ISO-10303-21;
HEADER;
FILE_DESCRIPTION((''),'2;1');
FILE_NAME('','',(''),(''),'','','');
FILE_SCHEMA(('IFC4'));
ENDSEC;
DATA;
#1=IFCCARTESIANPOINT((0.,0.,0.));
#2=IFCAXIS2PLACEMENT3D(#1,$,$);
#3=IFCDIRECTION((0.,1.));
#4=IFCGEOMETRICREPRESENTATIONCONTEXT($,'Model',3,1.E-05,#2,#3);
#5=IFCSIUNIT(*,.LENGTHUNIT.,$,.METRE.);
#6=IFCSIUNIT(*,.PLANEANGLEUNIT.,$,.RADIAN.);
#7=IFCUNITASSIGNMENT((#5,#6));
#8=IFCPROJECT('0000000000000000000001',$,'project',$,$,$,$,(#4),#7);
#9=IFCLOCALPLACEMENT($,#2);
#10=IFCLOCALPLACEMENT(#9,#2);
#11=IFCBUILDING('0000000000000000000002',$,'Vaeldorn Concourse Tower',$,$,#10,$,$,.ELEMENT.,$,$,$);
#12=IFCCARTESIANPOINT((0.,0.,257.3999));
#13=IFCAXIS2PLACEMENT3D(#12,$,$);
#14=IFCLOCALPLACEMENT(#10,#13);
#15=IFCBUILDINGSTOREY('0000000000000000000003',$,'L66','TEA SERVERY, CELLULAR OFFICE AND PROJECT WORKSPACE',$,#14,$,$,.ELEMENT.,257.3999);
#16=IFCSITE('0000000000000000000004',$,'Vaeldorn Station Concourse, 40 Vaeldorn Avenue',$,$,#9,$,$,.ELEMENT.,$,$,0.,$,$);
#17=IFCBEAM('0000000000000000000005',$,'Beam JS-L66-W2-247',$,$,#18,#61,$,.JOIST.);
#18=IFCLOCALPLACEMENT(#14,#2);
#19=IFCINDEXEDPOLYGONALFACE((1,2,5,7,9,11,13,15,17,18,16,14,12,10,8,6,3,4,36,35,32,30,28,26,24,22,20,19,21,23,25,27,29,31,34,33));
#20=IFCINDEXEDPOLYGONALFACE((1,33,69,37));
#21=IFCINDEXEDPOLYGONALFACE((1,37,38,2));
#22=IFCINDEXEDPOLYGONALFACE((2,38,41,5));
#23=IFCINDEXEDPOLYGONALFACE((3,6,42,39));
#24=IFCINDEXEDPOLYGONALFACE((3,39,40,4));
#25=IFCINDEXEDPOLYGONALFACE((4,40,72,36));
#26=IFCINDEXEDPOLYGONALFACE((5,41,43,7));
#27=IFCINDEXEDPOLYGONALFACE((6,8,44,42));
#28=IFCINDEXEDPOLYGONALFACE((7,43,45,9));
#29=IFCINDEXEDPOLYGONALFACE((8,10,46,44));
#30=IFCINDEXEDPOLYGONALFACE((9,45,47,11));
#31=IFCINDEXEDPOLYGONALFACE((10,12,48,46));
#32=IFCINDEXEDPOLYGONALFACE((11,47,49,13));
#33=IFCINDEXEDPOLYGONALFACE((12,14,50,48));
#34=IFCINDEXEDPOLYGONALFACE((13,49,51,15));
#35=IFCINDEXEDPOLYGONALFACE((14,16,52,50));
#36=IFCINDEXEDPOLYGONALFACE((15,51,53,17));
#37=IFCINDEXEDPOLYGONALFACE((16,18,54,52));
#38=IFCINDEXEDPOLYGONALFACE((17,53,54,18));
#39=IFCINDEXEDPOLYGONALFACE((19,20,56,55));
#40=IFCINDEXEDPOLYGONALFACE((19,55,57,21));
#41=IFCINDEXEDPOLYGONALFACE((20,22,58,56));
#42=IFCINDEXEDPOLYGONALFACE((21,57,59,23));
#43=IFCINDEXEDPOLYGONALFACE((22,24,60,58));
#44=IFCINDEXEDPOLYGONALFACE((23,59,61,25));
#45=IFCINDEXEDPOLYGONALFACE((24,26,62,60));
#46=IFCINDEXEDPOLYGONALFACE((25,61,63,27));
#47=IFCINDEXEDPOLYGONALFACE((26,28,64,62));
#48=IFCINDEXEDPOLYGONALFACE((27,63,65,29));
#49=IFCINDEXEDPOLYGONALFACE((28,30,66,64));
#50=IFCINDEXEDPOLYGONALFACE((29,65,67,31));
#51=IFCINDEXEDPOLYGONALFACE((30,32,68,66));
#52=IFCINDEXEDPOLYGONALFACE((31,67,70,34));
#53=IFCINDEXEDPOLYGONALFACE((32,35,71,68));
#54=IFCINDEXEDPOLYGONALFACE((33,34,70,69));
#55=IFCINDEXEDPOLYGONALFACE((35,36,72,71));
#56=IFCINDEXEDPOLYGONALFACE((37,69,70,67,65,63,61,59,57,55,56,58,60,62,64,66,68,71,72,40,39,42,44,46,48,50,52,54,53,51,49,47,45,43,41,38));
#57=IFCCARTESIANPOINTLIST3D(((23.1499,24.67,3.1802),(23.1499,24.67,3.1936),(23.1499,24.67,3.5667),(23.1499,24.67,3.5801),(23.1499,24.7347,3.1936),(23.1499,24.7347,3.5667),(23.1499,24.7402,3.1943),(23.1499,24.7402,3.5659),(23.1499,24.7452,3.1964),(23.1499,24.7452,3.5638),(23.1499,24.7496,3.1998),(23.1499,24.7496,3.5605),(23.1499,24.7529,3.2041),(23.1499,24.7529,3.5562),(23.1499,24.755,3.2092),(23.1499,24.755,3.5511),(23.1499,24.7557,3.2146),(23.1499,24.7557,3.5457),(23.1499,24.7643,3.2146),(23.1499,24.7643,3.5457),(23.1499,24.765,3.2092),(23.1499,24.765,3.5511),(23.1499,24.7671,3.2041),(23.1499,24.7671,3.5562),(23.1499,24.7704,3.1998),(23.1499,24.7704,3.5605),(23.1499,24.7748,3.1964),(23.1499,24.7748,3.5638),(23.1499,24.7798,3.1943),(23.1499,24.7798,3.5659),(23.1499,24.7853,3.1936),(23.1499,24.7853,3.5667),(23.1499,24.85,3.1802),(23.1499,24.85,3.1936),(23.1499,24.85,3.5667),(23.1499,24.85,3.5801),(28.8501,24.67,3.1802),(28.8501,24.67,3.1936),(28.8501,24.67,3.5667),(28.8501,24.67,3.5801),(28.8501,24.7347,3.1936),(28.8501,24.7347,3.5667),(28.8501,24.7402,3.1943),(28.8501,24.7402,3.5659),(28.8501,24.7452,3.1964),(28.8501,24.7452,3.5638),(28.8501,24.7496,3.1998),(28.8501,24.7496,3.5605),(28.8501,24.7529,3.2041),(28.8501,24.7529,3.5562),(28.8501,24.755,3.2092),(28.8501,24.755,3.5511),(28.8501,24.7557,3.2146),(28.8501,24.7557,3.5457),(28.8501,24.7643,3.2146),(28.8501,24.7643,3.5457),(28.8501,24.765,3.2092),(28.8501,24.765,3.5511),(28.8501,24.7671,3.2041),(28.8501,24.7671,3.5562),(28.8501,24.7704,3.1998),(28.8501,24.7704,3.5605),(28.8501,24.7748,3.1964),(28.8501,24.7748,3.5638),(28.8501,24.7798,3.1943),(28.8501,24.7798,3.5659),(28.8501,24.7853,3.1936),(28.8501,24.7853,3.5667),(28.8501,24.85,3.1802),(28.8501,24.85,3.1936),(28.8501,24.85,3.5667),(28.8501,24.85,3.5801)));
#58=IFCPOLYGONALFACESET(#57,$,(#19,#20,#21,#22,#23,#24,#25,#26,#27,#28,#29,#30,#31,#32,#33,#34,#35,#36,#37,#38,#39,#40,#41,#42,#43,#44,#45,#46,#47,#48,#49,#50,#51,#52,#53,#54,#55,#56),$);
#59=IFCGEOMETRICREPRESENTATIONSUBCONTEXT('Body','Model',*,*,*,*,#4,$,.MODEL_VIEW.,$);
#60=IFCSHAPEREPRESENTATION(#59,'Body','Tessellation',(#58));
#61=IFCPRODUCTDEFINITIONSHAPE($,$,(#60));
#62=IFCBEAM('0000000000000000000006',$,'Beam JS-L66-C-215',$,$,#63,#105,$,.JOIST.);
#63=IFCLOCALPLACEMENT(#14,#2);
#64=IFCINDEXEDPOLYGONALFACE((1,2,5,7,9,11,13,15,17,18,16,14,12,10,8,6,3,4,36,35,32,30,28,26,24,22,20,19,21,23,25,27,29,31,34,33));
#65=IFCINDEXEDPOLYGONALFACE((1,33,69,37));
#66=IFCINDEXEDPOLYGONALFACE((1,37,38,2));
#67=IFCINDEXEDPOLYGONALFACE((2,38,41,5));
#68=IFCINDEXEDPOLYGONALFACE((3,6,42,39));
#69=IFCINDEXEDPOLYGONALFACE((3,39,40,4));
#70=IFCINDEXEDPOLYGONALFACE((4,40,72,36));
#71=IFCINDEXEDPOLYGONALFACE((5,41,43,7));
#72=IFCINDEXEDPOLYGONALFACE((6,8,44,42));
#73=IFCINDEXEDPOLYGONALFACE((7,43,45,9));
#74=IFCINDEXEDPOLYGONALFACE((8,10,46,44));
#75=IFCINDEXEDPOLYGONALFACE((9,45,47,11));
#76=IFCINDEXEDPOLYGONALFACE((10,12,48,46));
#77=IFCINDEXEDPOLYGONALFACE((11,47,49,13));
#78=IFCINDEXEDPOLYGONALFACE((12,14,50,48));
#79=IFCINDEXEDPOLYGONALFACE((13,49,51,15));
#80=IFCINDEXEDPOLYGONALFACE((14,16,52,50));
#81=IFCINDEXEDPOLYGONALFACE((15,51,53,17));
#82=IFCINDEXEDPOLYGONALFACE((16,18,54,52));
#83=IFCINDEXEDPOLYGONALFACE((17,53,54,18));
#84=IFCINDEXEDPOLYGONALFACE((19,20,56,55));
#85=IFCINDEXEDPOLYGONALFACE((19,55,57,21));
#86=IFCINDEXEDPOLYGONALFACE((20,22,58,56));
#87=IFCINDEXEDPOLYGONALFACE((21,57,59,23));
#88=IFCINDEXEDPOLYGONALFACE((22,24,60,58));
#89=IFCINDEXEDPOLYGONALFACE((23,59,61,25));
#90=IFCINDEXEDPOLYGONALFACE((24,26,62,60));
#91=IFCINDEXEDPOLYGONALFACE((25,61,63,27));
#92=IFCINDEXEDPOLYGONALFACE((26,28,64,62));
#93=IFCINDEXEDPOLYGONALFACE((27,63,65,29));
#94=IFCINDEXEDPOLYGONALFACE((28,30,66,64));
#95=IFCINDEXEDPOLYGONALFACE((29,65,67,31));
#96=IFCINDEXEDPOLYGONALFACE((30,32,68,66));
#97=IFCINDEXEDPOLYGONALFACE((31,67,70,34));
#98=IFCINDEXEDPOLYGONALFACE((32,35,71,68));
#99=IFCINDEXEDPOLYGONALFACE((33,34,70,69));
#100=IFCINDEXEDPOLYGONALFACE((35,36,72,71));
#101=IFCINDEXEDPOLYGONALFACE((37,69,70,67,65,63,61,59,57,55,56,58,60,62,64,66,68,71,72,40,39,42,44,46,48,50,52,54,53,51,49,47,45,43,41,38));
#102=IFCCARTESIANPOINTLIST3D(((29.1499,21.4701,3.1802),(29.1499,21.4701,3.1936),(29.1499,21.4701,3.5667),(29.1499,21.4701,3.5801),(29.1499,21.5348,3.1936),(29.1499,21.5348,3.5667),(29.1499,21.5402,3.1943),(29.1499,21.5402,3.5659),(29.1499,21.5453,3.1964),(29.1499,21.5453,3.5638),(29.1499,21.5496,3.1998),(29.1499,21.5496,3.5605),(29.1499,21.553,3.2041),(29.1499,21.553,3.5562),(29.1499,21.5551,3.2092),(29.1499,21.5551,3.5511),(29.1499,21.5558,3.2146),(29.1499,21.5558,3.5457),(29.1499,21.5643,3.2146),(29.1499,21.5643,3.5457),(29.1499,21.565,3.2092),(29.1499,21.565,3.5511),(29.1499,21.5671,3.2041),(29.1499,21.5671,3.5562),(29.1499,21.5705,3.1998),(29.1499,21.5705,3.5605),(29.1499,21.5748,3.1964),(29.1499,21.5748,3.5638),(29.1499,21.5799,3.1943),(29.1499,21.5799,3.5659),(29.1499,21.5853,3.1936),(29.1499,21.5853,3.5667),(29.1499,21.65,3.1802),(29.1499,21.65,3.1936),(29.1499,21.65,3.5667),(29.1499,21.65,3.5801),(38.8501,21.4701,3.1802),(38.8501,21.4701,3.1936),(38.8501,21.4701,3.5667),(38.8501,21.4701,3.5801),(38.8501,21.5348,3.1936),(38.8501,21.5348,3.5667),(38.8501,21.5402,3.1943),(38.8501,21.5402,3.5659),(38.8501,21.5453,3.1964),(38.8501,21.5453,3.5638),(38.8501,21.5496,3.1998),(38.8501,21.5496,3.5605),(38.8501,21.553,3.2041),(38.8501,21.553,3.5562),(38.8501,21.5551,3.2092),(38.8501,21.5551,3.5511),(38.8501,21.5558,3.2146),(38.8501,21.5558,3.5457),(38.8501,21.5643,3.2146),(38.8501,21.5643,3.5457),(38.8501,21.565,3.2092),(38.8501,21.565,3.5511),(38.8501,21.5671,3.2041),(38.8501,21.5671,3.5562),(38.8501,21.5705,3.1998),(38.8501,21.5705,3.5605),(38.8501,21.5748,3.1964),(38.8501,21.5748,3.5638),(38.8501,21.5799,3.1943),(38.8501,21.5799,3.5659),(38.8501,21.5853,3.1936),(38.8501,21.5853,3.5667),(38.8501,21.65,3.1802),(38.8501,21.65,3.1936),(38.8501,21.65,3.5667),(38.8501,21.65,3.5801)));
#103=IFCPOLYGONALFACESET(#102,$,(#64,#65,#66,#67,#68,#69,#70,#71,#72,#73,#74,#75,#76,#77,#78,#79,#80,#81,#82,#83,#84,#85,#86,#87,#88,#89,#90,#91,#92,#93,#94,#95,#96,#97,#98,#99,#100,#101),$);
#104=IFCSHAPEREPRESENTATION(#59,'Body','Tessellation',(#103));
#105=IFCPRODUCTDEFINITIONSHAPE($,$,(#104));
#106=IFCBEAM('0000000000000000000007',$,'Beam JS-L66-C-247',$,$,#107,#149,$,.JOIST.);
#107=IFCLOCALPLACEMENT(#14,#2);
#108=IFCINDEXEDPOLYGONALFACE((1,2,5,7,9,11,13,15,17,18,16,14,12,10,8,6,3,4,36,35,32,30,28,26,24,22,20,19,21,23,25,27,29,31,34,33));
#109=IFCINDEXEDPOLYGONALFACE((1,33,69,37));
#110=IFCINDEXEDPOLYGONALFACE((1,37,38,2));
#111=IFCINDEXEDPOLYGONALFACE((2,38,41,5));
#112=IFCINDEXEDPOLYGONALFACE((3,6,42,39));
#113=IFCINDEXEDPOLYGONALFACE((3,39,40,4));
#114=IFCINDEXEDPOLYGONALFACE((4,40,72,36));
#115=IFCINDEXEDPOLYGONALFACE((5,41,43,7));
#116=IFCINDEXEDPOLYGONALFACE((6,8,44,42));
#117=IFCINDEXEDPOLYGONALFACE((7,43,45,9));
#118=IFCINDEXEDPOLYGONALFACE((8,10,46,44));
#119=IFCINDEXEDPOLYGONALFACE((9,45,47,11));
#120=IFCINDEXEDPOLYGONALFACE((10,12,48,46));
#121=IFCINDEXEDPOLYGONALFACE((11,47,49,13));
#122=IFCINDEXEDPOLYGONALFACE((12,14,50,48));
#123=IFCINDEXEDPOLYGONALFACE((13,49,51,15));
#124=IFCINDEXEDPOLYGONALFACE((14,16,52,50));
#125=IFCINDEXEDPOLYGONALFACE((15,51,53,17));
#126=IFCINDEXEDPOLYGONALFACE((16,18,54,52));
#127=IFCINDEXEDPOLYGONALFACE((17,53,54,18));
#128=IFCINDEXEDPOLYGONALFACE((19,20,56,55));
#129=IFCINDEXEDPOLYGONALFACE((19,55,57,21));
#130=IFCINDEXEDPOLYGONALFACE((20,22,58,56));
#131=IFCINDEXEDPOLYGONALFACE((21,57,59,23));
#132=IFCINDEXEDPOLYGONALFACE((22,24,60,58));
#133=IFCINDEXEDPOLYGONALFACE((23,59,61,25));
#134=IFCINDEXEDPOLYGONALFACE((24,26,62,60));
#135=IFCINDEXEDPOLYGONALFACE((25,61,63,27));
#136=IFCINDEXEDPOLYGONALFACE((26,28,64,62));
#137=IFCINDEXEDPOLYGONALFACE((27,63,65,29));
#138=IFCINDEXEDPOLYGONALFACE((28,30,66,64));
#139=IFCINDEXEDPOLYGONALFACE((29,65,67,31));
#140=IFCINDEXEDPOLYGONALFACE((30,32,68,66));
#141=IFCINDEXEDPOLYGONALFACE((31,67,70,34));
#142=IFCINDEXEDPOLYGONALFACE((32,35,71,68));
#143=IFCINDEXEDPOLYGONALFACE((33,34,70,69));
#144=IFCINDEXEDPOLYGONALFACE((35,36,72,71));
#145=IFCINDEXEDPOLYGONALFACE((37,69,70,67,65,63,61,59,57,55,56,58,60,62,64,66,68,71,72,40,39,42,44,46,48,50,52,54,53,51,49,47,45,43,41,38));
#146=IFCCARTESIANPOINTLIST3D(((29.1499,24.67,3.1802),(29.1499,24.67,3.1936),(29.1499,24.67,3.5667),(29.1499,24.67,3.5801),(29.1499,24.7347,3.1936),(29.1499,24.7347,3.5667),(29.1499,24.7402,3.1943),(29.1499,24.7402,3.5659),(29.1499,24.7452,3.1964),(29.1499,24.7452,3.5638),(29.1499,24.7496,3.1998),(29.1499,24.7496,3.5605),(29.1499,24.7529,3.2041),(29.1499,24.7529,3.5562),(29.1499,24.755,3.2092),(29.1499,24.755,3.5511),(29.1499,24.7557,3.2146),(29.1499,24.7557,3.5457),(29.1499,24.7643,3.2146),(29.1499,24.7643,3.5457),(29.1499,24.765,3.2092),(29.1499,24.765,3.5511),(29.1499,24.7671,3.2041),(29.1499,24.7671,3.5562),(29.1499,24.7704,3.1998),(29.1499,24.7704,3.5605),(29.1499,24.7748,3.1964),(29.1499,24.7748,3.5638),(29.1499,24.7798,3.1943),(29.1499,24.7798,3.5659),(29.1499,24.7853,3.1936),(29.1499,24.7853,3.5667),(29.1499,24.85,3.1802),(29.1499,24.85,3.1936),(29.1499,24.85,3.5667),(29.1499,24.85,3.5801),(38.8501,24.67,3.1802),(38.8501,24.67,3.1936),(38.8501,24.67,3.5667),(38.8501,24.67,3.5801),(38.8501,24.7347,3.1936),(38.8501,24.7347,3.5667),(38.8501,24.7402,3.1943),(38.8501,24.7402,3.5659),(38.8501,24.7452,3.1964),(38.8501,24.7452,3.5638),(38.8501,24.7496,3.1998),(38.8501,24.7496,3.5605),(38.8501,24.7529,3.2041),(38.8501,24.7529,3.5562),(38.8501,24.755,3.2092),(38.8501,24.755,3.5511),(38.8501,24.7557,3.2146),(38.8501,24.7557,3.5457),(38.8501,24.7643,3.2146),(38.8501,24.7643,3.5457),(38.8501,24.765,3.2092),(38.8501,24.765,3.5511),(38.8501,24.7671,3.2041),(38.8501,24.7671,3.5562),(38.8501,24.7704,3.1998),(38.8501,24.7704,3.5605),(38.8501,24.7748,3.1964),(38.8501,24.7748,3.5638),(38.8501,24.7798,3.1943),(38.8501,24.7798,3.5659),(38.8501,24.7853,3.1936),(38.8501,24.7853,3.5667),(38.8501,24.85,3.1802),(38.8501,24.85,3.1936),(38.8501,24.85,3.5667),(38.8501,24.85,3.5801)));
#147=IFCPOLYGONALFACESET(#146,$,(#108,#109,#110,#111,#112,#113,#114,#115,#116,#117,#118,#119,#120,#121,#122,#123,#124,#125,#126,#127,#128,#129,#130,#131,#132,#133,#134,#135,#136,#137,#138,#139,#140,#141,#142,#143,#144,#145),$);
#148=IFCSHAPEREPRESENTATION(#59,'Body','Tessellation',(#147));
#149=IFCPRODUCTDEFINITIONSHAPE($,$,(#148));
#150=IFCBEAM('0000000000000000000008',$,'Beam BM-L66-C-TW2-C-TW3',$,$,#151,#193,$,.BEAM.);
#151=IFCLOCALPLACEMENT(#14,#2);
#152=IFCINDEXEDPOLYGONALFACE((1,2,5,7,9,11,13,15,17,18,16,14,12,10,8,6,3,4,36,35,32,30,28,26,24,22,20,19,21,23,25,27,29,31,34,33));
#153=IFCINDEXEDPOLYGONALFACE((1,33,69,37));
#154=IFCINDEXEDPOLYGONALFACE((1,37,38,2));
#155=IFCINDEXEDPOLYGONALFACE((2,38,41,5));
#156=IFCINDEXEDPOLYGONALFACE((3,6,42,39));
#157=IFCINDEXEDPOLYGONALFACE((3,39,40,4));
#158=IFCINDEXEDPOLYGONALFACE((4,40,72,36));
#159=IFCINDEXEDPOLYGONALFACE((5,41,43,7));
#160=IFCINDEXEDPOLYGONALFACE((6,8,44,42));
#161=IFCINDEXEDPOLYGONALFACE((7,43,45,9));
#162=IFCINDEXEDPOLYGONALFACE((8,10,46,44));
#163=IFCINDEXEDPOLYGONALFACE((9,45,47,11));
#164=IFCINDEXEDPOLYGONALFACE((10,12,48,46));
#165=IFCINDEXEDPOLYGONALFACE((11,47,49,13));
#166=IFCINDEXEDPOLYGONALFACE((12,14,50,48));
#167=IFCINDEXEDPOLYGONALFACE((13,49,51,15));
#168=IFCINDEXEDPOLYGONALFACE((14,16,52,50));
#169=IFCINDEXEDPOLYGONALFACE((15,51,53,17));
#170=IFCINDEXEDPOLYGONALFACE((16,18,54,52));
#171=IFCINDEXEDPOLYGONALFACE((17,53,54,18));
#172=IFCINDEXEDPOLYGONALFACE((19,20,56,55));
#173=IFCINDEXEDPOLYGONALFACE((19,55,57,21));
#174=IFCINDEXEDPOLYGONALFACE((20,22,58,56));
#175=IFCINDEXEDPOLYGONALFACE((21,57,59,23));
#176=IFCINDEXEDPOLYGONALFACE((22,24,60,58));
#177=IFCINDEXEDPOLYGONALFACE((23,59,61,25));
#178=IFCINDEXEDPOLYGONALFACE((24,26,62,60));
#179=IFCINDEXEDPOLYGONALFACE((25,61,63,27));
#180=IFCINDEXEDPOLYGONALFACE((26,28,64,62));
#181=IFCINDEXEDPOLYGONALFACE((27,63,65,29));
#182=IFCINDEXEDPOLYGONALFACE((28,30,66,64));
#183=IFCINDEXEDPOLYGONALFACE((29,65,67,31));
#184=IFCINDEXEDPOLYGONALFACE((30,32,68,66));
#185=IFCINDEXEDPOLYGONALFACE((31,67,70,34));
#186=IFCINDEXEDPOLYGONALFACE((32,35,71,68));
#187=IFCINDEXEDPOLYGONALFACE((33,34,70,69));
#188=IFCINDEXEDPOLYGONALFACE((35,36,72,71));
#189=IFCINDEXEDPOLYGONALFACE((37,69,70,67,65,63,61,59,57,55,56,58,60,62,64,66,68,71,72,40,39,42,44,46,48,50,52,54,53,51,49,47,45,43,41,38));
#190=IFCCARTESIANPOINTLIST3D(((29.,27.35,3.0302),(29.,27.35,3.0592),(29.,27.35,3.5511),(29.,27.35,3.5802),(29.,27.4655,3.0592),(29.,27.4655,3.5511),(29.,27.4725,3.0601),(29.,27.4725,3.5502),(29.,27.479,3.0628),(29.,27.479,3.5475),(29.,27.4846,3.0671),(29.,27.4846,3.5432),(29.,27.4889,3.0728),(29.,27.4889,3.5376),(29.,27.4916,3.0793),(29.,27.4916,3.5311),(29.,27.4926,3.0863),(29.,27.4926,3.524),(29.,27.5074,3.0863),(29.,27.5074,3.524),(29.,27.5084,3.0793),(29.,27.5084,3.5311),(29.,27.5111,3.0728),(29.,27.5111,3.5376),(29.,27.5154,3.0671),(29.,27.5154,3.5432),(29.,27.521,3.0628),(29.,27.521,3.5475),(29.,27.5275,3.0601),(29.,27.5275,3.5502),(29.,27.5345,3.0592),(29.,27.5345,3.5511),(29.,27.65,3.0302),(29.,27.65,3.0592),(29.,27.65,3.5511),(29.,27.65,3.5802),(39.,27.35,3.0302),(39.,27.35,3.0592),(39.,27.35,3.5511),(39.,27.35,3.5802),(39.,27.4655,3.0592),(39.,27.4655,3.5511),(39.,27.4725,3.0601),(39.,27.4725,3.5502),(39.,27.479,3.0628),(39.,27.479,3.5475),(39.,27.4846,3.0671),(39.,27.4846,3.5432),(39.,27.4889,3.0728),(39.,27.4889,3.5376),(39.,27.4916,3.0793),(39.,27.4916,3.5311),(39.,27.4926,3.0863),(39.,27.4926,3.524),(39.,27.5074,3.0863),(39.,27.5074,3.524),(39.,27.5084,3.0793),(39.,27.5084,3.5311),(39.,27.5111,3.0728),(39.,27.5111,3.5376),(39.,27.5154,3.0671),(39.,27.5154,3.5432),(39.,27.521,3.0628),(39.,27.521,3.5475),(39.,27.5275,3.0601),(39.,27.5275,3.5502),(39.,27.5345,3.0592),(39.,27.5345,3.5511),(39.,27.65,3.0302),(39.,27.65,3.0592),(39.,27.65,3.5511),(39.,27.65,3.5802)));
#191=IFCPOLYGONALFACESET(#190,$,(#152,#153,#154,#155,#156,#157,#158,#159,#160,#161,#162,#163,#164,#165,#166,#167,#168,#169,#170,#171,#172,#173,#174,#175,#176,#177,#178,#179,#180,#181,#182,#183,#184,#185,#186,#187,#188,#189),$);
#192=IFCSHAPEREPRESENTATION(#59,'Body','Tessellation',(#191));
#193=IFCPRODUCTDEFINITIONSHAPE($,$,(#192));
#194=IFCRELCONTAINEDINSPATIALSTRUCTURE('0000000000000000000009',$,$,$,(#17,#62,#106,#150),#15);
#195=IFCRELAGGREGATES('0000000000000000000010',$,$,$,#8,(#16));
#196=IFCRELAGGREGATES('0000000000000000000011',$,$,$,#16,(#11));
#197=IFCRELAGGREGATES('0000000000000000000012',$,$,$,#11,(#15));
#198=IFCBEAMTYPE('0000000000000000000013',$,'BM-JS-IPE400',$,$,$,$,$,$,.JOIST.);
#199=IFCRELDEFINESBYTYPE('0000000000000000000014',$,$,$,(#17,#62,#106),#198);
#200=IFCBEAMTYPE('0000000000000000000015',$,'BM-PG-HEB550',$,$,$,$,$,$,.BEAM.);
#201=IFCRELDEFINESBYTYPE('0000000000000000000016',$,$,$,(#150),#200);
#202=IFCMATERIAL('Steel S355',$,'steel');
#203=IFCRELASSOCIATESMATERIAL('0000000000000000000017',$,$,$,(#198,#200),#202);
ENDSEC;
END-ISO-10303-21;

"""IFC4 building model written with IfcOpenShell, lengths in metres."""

from ifc_helpers import new_model, si_unit, direction, frame, origin, origin_2d, place, context, subcontext, project, spatial, i_section, extrude, source, transform, mapped, material, material_profile, profile_set, type_object, element, save


model = new_model("IFC4")

# Units and contexts
model_context = context("Model", 3, precision=1e-05, world=origin(), true_north=direction((0.0, 1.0)))
body_context = subcontext(model_context, "Body", "Model", "MODEL_VIEW")
ifc_project = project(units=[si_unit("LENGTHUNIT", "METRE"), si_unit("PLANEANGLEUNIT", "RADIAN")], contexts=[model_context])

# Site, building, storey
site_placement = place(None, origin())
site = spatial("IfcSite", under=ifc_project, at=site_placement, Name="Vaeldorn Station Concourse, 40 Vaeldorn Avenue", CompositionType="ELEMENT", RefElevation=0.0)
building_placement = place(site_placement, origin())
building = spatial("IfcBuilding", under=site, at=building_placement, Name="Vaeldorn Concourse Tower", CompositionType="ELEMENT")
storey_placement = place(building_placement, frame((0.0, 0.0, 257.3999)))
storey = spatial("IfcBuildingStorey", under=building, at=storey_placement, Name="L66", Description="TEA SERVERY, CELLULAR OFFICE AND PROJECT WORKSPACE", CompositionType="ELEMENT", Elevation=257.3999)

# Shared definitions
ifc_material_1 = material(Name="Steel S355", Category="steel")

# Beams
ifc_material_profile_1 = material_profile(ifc_material_1, i_section(OverallWidth=0.1799, OverallDepth=0.3999, WebThickness=0.0085, FlangeThickness=0.0134, FilletRadius=0.021, at=origin_2d()), Name="IPE 400")
ifc_profile_set_1 = profile_set([ifc_material_profile_1], Name="Steel S355")
beam_type_1 = type_object("IfcBeamType", Name="BM-JS-IPE400", PredefinedType="JOIST", material=ifc_profile_set_1)
shared_shape_1 = source(origin(), body_context, "Body", "SweptSolid", [
    extrude(i_section(OverallWidth=0.1799, OverallDepth=0.3999, WebThickness=0.0085, FlangeThickness=0.0134, FilletRadius=0.021, at=origin_2d()), origin(), (0.0, 0.0, 1.0), 5.7002),
])
for number, where, z_axis, x_axis, name in (
    (1, (23.1499, 24.76, 3.3801), (1.0, 0.0, 0.0), (0.0, 1.0, 0.0), "Beam JS-L66-W2-247"),
):
    element("IfcBeam", number, at=place(storey_placement, frame(where, z_axis=z_axis, x_axis=x_axis)), inside=storey, type_object=beam_type_1, Name=name, PredefinedType="JOIST", context=body_context, shape_type="MappedRepresentation", body=[
        mapped(shared_shape_1, transform((0.0, 0.0, 0.0), scale=1.0)),
    ])
shared_shape_2 = source(origin(), body_context, "Body", "SweptSolid", [
    extrude(i_section(OverallWidth=0.1799, OverallDepth=0.3999, WebThickness=0.0085, FlangeThickness=0.0134, FilletRadius=0.021, at=origin_2d()), origin(), (0.0, 0.0, 1.0), 9.7002),
])
for number, where, z_axis, x_axis, name in (
    (2, (29.1499, 21.5601, 3.3801), (1.0, 0.0, 0.0), (0.0, 1.0, 0.0), "Beam JS-L66-C-215"),
    (3, (29.1499, 24.76, 3.3801), (1.0, 0.0, 0.0), (0.0, 1.0, 0.0), "Beam JS-L66-C-247"),
):
    element("IfcBeam", number, at=place(storey_placement, frame(where, z_axis=z_axis, x_axis=x_axis)), inside=storey, type_object=beam_type_1, Name=name, PredefinedType="JOIST", context=body_context, shape_type="MappedRepresentation", body=[
        mapped(shared_shape_2, transform((0.0, 0.0, 0.0), scale=1.0)),
    ])
ifc_material_profile_2 = material_profile(ifc_material_1, i_section(OverallWidth=0.3, OverallDepth=0.55, WebThickness=0.0149, FlangeThickness=0.0291, FilletRadius=0.0271, at=origin_2d()), Name="HEB 550")
ifc_profile_set_2 = profile_set([ifc_material_profile_2], Name="Steel S355")
beam_type_2 = type_object("IfcBeamType", Name="BM-PG-HEB550", PredefinedType="BEAM", material=ifc_profile_set_2)
shared_shape_3 = source(origin(), body_context, "Body", "SweptSolid", [
    extrude(i_section(OverallWidth=0.3, OverallDepth=0.55, WebThickness=0.0149, FlangeThickness=0.0291, FilletRadius=0.0271, at=origin_2d()), origin(), (0.0, 0.0, 1.0), 10.0),
])
beam_1_placement = place(storey_placement, frame((29.0, 27.5, 3.3052), z_axis=(1.0, 0.0, 0.0), x_axis=(0.0, 1.0, 0.0)))
element("IfcBeam", 4, at=beam_1_placement, inside=storey, type_object=beam_type_2, Name="Beam BM-L66-C-TW2-C-TW3", PredefinedType="BEAM", context=body_context, shape_type="MappedRepresentation", body=[
    mapped(shared_shape_3, transform((0.0, 0.0, 0.0), scale=1.0)),
])

save(model, "model.ifc")
